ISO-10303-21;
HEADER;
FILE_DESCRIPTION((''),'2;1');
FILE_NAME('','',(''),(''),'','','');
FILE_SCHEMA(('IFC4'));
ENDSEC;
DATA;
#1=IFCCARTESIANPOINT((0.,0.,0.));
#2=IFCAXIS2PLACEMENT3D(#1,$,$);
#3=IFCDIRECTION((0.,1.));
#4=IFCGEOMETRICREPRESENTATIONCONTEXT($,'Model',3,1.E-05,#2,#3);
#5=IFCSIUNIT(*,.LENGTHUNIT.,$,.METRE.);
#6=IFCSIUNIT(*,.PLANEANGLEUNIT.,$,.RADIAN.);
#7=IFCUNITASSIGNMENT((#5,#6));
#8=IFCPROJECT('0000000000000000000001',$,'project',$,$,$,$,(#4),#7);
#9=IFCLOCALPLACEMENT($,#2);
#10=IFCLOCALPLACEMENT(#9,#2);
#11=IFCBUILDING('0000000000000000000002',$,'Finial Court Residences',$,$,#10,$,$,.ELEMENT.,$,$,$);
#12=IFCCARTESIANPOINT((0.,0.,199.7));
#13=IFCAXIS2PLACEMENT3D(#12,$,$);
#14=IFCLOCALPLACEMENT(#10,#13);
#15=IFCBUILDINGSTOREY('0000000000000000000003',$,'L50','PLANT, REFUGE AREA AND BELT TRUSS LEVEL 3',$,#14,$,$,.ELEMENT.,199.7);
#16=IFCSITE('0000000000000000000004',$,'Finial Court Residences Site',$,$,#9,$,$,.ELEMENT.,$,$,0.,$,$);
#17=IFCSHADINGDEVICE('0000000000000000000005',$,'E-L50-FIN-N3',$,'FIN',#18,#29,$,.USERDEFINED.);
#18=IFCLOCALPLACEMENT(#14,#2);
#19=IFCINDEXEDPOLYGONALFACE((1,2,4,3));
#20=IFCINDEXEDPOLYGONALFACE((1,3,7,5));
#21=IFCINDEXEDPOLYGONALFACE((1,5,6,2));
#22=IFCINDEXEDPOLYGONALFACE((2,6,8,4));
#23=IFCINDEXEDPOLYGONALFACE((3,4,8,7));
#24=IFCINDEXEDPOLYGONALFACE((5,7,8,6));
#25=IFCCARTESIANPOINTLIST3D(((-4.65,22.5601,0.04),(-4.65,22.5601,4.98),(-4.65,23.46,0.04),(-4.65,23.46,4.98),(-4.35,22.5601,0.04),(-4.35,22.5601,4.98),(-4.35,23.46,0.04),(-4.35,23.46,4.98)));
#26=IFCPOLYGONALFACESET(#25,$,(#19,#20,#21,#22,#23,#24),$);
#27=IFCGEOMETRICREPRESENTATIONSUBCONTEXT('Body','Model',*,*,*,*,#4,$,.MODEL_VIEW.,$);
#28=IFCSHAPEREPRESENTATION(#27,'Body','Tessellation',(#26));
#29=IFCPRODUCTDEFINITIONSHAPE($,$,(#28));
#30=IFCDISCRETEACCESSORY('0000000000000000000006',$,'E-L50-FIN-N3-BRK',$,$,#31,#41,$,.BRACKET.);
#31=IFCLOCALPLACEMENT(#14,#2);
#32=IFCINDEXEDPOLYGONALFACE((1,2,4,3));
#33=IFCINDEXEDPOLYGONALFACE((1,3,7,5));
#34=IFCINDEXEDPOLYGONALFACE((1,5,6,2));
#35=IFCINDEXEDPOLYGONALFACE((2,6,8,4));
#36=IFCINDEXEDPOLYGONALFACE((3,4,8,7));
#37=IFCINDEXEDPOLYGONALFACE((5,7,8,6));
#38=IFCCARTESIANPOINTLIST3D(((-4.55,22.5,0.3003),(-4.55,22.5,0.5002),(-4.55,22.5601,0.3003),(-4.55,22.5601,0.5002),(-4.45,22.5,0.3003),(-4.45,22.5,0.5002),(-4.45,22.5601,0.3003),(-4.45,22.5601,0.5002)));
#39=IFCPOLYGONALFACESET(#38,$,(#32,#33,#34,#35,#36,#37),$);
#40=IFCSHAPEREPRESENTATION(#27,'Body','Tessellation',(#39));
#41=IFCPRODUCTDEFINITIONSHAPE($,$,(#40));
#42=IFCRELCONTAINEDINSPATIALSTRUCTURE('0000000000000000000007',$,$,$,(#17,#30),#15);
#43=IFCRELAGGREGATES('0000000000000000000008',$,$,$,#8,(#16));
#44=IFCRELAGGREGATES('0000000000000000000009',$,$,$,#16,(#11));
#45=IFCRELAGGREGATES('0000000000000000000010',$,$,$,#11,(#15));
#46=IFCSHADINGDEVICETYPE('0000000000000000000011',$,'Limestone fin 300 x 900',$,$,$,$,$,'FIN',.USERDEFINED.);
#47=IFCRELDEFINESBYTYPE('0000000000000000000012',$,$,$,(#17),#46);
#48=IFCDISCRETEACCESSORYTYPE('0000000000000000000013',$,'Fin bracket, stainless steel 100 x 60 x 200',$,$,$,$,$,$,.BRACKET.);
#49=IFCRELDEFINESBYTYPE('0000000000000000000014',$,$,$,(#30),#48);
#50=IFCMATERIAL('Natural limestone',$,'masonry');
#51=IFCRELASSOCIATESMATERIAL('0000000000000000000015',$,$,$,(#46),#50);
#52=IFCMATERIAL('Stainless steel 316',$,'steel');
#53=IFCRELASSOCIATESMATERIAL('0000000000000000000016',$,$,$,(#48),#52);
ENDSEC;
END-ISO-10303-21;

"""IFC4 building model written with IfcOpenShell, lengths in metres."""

from ifc_helpers import new_model, si_unit, direction, frame, origin, origin_2d, place, context, subcontext, project, spatial, rectangle, extrude, material, type_object, element, save


model = new_model("IFC4")

# Units and contexts
model_context = context("Model", 3, precision=1e-05, world=origin(), true_north=direction((0.0, 1.0)))
body_context = subcontext(model_context, "Body", "Model", "MODEL_VIEW")
ifc_project = project(units=[si_unit("LENGTHUNIT", "METRE"), si_unit("PLANEANGLEUNIT", "RADIAN")], contexts=[model_context])

# Site, building, storey
site_placement = place(None, origin())
site = spatial("IfcSite", under=ifc_project, at=site_placement, Name="Finial Court Residences Site", CompositionType="ELEMENT", RefElevation=0.0)
building_placement = place(site_placement, origin())
building = spatial("IfcBuilding", under=site, at=building_placement, Name="Finial Court Residences", CompositionType="ELEMENT")
storey_placement = place(building_placement, frame((0.0, 0.0, 199.7)))
storey = spatial("IfcBuildingStorey", under=building, at=storey_placement, Name="L50", Description="PLANT, REFUGE AREA AND BELT TRUSS LEVEL 3", CompositionType="ELEMENT", Elevation=199.7)

# Shading device
ifc_material_1 = material(Name="Natural limestone", Category="masonry")
shading_device_type = type_object("IfcShadingDeviceType", Name="Limestone fin 300 x 900", ElementType="FIN", PredefinedType="USERDEFINED", material=ifc_material_1)
shading_device_1_placement = place(storey_placement, frame((-4.5, 23.01, 0.04), z_axis=(0.0, 0.0, 1.0), x_axis=(1.0, 0.0, 0.0)))
element("IfcShadingDevice", 1, at=shading_device_1_placement, inside=storey, type_object=shading_device_type, Name="E-L50-FIN-N3", ObjectType="FIN", PredefinedType="USERDEFINED", context=body_context, shape_type="SweptSolid", body=[
    extrude(rectangle(XDim=0.3, YDim=0.8999, at=origin_2d()), origin(), (0.0, 0.0, 1.0), 4.9399),
])

# Discrete accessory
ifc_material_2 = material(Name="Stainless steel 316", Category="steel")
discrete_accessory_type = type_object("IfcDiscreteAccessoryType", Name="Fin bracket, stainless steel 100 x 60 x 200", PredefinedType="BRACKET", material=ifc_material_2)
discrete_accessory_placement = place(storey_placement, frame((-4.5, 22.53, 0.3003), z_axis=(0.0, 0.0, 1.0), x_axis=(1.0, 0.0, 0.0)))
element("IfcDiscreteAccessory", 2, at=discrete_accessory_placement, inside=storey, type_object=discrete_accessory_type, Name="E-L50-FIN-N3-BRK", PredefinedType="BRACKET", context=body_context, shape_type="SweptSolid", body=[
    extrude(rectangle(XDim=0.1001, YDim=0.0601, at=origin_2d()), origin(), (0.0, 0.0, 1.0), 0.2),
])

save(model, "model.ifc")
